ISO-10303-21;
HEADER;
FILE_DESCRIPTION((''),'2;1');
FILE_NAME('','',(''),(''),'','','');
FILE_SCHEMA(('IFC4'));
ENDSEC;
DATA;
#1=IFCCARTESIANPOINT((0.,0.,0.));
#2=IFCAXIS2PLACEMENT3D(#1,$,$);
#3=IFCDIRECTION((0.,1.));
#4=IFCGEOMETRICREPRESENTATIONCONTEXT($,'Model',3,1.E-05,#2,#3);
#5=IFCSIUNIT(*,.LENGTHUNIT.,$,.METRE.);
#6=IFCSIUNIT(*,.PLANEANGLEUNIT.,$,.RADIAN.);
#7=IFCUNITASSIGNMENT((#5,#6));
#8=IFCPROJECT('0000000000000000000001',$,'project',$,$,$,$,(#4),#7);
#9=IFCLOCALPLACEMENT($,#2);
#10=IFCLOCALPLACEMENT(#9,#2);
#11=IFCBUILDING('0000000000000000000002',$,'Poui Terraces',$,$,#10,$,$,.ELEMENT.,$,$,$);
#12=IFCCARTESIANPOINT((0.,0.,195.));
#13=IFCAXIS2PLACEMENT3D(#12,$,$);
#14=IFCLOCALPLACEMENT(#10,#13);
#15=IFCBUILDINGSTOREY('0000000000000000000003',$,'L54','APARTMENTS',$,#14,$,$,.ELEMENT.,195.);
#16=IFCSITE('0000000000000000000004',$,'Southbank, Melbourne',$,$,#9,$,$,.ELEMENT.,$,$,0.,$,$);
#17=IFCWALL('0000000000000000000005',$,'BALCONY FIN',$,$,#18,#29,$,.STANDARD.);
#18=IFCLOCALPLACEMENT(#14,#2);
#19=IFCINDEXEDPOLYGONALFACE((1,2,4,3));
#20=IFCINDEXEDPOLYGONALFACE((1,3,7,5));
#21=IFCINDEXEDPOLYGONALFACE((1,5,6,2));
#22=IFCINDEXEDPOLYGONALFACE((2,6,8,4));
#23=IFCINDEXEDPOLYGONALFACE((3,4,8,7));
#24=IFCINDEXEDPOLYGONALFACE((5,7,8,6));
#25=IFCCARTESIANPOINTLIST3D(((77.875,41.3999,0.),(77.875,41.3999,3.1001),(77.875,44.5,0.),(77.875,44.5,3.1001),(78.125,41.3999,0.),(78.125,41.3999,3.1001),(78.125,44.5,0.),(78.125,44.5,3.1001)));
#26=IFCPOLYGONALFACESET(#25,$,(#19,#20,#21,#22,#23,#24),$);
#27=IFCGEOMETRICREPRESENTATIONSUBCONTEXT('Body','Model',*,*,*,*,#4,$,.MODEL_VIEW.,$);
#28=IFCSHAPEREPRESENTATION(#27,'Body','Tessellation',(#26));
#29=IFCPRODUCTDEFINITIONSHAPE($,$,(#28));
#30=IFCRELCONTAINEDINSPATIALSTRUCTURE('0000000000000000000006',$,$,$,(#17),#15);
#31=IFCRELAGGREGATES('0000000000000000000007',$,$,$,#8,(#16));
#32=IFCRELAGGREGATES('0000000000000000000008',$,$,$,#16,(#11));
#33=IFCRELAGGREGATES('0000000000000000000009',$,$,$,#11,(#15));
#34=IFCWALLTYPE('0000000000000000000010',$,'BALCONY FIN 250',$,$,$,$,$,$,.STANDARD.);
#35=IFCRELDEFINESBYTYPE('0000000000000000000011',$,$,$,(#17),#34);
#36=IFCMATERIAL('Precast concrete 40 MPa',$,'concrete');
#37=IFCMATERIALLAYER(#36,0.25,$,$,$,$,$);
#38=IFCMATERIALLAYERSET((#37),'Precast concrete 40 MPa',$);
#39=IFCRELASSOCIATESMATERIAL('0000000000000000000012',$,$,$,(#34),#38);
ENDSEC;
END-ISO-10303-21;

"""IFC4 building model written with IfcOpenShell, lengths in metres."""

from ifc_helpers import new_model, si_unit, direction, frame, origin, place, context, subcontext, project, spatial, polyline, outline, extrude, source, transform, mapped, material, layer, layer_set, type_object, element, save


model = new_model("IFC4")

# Units and contexts
model_context = context("Model", 3, precision=1e-05, world=origin(), true_north=direction((0.0, 1.0)))
body_context = subcontext(model_context, "Body", "Model", "MODEL_VIEW")
ifc_project = project(units=[si_unit("LENGTHUNIT", "METRE"), si_unit("PLANEANGLEUNIT", "RADIAN")], contexts=[model_context])

# Site, building, storey
site_placement = place(None, origin())
site = spatial("IfcSite", under=ifc_project, at=site_placement, Name="Southbank, Melbourne", CompositionType="ELEMENT", RefElevation=0.0)
building_placement = place(site_placement, origin())
building = spatial("IfcBuilding", under=site, at=building_placement, Name="Poui Terraces", CompositionType="ELEMENT")
storey_placement = place(building_placement, frame((0.0, 0.0, 195.0)))
storey = spatial("IfcBuildingStorey", under=building, at=storey_placement, Name="L54", Description="APARTMENTS", CompositionType="ELEMENT", Elevation=195.0)

# Shared definitions
ifc_material_1 = material(Name="Precast concrete 40 MPa", Category="concrete")

# Wall
ifc_layer_1 = layer(ifc_material_1, 0.25)
ifc_layer_set_1 = layer_set([ifc_layer_1], Name="Precast concrete 40 MPa")
wall_type_1 = type_object("IfcWallType", Name="BALCONY FIN 250", PredefinedType="STANDARD", material=ifc_layer_set_1)
shared_shape_1 = source(origin(), body_context, "Body", "SweptSolid", [
    extrude(outline(polyline([(0.0, 0.0), (0.25, 0.0), (0.25, 3.1001), (0.0, 3.1001), (0.0, 0.0)])), origin(), (0.0, 0.0, 1.0), 3.1001),
])
wall_1_placement = place(storey_placement, frame((77.875, 41.3999, 0.0)))
element("IfcWall", 1, at=wall_1_placement, inside=storey, type_object=wall_type_1, Name="BALCONY FIN", PredefinedType="STANDARD", context=body_context, shape_type="MappedRepresentation", body=[
    mapped(shared_shape_1, transform((0.0, 0.0, 0.0))),
])

save(model, "model.ifc")
